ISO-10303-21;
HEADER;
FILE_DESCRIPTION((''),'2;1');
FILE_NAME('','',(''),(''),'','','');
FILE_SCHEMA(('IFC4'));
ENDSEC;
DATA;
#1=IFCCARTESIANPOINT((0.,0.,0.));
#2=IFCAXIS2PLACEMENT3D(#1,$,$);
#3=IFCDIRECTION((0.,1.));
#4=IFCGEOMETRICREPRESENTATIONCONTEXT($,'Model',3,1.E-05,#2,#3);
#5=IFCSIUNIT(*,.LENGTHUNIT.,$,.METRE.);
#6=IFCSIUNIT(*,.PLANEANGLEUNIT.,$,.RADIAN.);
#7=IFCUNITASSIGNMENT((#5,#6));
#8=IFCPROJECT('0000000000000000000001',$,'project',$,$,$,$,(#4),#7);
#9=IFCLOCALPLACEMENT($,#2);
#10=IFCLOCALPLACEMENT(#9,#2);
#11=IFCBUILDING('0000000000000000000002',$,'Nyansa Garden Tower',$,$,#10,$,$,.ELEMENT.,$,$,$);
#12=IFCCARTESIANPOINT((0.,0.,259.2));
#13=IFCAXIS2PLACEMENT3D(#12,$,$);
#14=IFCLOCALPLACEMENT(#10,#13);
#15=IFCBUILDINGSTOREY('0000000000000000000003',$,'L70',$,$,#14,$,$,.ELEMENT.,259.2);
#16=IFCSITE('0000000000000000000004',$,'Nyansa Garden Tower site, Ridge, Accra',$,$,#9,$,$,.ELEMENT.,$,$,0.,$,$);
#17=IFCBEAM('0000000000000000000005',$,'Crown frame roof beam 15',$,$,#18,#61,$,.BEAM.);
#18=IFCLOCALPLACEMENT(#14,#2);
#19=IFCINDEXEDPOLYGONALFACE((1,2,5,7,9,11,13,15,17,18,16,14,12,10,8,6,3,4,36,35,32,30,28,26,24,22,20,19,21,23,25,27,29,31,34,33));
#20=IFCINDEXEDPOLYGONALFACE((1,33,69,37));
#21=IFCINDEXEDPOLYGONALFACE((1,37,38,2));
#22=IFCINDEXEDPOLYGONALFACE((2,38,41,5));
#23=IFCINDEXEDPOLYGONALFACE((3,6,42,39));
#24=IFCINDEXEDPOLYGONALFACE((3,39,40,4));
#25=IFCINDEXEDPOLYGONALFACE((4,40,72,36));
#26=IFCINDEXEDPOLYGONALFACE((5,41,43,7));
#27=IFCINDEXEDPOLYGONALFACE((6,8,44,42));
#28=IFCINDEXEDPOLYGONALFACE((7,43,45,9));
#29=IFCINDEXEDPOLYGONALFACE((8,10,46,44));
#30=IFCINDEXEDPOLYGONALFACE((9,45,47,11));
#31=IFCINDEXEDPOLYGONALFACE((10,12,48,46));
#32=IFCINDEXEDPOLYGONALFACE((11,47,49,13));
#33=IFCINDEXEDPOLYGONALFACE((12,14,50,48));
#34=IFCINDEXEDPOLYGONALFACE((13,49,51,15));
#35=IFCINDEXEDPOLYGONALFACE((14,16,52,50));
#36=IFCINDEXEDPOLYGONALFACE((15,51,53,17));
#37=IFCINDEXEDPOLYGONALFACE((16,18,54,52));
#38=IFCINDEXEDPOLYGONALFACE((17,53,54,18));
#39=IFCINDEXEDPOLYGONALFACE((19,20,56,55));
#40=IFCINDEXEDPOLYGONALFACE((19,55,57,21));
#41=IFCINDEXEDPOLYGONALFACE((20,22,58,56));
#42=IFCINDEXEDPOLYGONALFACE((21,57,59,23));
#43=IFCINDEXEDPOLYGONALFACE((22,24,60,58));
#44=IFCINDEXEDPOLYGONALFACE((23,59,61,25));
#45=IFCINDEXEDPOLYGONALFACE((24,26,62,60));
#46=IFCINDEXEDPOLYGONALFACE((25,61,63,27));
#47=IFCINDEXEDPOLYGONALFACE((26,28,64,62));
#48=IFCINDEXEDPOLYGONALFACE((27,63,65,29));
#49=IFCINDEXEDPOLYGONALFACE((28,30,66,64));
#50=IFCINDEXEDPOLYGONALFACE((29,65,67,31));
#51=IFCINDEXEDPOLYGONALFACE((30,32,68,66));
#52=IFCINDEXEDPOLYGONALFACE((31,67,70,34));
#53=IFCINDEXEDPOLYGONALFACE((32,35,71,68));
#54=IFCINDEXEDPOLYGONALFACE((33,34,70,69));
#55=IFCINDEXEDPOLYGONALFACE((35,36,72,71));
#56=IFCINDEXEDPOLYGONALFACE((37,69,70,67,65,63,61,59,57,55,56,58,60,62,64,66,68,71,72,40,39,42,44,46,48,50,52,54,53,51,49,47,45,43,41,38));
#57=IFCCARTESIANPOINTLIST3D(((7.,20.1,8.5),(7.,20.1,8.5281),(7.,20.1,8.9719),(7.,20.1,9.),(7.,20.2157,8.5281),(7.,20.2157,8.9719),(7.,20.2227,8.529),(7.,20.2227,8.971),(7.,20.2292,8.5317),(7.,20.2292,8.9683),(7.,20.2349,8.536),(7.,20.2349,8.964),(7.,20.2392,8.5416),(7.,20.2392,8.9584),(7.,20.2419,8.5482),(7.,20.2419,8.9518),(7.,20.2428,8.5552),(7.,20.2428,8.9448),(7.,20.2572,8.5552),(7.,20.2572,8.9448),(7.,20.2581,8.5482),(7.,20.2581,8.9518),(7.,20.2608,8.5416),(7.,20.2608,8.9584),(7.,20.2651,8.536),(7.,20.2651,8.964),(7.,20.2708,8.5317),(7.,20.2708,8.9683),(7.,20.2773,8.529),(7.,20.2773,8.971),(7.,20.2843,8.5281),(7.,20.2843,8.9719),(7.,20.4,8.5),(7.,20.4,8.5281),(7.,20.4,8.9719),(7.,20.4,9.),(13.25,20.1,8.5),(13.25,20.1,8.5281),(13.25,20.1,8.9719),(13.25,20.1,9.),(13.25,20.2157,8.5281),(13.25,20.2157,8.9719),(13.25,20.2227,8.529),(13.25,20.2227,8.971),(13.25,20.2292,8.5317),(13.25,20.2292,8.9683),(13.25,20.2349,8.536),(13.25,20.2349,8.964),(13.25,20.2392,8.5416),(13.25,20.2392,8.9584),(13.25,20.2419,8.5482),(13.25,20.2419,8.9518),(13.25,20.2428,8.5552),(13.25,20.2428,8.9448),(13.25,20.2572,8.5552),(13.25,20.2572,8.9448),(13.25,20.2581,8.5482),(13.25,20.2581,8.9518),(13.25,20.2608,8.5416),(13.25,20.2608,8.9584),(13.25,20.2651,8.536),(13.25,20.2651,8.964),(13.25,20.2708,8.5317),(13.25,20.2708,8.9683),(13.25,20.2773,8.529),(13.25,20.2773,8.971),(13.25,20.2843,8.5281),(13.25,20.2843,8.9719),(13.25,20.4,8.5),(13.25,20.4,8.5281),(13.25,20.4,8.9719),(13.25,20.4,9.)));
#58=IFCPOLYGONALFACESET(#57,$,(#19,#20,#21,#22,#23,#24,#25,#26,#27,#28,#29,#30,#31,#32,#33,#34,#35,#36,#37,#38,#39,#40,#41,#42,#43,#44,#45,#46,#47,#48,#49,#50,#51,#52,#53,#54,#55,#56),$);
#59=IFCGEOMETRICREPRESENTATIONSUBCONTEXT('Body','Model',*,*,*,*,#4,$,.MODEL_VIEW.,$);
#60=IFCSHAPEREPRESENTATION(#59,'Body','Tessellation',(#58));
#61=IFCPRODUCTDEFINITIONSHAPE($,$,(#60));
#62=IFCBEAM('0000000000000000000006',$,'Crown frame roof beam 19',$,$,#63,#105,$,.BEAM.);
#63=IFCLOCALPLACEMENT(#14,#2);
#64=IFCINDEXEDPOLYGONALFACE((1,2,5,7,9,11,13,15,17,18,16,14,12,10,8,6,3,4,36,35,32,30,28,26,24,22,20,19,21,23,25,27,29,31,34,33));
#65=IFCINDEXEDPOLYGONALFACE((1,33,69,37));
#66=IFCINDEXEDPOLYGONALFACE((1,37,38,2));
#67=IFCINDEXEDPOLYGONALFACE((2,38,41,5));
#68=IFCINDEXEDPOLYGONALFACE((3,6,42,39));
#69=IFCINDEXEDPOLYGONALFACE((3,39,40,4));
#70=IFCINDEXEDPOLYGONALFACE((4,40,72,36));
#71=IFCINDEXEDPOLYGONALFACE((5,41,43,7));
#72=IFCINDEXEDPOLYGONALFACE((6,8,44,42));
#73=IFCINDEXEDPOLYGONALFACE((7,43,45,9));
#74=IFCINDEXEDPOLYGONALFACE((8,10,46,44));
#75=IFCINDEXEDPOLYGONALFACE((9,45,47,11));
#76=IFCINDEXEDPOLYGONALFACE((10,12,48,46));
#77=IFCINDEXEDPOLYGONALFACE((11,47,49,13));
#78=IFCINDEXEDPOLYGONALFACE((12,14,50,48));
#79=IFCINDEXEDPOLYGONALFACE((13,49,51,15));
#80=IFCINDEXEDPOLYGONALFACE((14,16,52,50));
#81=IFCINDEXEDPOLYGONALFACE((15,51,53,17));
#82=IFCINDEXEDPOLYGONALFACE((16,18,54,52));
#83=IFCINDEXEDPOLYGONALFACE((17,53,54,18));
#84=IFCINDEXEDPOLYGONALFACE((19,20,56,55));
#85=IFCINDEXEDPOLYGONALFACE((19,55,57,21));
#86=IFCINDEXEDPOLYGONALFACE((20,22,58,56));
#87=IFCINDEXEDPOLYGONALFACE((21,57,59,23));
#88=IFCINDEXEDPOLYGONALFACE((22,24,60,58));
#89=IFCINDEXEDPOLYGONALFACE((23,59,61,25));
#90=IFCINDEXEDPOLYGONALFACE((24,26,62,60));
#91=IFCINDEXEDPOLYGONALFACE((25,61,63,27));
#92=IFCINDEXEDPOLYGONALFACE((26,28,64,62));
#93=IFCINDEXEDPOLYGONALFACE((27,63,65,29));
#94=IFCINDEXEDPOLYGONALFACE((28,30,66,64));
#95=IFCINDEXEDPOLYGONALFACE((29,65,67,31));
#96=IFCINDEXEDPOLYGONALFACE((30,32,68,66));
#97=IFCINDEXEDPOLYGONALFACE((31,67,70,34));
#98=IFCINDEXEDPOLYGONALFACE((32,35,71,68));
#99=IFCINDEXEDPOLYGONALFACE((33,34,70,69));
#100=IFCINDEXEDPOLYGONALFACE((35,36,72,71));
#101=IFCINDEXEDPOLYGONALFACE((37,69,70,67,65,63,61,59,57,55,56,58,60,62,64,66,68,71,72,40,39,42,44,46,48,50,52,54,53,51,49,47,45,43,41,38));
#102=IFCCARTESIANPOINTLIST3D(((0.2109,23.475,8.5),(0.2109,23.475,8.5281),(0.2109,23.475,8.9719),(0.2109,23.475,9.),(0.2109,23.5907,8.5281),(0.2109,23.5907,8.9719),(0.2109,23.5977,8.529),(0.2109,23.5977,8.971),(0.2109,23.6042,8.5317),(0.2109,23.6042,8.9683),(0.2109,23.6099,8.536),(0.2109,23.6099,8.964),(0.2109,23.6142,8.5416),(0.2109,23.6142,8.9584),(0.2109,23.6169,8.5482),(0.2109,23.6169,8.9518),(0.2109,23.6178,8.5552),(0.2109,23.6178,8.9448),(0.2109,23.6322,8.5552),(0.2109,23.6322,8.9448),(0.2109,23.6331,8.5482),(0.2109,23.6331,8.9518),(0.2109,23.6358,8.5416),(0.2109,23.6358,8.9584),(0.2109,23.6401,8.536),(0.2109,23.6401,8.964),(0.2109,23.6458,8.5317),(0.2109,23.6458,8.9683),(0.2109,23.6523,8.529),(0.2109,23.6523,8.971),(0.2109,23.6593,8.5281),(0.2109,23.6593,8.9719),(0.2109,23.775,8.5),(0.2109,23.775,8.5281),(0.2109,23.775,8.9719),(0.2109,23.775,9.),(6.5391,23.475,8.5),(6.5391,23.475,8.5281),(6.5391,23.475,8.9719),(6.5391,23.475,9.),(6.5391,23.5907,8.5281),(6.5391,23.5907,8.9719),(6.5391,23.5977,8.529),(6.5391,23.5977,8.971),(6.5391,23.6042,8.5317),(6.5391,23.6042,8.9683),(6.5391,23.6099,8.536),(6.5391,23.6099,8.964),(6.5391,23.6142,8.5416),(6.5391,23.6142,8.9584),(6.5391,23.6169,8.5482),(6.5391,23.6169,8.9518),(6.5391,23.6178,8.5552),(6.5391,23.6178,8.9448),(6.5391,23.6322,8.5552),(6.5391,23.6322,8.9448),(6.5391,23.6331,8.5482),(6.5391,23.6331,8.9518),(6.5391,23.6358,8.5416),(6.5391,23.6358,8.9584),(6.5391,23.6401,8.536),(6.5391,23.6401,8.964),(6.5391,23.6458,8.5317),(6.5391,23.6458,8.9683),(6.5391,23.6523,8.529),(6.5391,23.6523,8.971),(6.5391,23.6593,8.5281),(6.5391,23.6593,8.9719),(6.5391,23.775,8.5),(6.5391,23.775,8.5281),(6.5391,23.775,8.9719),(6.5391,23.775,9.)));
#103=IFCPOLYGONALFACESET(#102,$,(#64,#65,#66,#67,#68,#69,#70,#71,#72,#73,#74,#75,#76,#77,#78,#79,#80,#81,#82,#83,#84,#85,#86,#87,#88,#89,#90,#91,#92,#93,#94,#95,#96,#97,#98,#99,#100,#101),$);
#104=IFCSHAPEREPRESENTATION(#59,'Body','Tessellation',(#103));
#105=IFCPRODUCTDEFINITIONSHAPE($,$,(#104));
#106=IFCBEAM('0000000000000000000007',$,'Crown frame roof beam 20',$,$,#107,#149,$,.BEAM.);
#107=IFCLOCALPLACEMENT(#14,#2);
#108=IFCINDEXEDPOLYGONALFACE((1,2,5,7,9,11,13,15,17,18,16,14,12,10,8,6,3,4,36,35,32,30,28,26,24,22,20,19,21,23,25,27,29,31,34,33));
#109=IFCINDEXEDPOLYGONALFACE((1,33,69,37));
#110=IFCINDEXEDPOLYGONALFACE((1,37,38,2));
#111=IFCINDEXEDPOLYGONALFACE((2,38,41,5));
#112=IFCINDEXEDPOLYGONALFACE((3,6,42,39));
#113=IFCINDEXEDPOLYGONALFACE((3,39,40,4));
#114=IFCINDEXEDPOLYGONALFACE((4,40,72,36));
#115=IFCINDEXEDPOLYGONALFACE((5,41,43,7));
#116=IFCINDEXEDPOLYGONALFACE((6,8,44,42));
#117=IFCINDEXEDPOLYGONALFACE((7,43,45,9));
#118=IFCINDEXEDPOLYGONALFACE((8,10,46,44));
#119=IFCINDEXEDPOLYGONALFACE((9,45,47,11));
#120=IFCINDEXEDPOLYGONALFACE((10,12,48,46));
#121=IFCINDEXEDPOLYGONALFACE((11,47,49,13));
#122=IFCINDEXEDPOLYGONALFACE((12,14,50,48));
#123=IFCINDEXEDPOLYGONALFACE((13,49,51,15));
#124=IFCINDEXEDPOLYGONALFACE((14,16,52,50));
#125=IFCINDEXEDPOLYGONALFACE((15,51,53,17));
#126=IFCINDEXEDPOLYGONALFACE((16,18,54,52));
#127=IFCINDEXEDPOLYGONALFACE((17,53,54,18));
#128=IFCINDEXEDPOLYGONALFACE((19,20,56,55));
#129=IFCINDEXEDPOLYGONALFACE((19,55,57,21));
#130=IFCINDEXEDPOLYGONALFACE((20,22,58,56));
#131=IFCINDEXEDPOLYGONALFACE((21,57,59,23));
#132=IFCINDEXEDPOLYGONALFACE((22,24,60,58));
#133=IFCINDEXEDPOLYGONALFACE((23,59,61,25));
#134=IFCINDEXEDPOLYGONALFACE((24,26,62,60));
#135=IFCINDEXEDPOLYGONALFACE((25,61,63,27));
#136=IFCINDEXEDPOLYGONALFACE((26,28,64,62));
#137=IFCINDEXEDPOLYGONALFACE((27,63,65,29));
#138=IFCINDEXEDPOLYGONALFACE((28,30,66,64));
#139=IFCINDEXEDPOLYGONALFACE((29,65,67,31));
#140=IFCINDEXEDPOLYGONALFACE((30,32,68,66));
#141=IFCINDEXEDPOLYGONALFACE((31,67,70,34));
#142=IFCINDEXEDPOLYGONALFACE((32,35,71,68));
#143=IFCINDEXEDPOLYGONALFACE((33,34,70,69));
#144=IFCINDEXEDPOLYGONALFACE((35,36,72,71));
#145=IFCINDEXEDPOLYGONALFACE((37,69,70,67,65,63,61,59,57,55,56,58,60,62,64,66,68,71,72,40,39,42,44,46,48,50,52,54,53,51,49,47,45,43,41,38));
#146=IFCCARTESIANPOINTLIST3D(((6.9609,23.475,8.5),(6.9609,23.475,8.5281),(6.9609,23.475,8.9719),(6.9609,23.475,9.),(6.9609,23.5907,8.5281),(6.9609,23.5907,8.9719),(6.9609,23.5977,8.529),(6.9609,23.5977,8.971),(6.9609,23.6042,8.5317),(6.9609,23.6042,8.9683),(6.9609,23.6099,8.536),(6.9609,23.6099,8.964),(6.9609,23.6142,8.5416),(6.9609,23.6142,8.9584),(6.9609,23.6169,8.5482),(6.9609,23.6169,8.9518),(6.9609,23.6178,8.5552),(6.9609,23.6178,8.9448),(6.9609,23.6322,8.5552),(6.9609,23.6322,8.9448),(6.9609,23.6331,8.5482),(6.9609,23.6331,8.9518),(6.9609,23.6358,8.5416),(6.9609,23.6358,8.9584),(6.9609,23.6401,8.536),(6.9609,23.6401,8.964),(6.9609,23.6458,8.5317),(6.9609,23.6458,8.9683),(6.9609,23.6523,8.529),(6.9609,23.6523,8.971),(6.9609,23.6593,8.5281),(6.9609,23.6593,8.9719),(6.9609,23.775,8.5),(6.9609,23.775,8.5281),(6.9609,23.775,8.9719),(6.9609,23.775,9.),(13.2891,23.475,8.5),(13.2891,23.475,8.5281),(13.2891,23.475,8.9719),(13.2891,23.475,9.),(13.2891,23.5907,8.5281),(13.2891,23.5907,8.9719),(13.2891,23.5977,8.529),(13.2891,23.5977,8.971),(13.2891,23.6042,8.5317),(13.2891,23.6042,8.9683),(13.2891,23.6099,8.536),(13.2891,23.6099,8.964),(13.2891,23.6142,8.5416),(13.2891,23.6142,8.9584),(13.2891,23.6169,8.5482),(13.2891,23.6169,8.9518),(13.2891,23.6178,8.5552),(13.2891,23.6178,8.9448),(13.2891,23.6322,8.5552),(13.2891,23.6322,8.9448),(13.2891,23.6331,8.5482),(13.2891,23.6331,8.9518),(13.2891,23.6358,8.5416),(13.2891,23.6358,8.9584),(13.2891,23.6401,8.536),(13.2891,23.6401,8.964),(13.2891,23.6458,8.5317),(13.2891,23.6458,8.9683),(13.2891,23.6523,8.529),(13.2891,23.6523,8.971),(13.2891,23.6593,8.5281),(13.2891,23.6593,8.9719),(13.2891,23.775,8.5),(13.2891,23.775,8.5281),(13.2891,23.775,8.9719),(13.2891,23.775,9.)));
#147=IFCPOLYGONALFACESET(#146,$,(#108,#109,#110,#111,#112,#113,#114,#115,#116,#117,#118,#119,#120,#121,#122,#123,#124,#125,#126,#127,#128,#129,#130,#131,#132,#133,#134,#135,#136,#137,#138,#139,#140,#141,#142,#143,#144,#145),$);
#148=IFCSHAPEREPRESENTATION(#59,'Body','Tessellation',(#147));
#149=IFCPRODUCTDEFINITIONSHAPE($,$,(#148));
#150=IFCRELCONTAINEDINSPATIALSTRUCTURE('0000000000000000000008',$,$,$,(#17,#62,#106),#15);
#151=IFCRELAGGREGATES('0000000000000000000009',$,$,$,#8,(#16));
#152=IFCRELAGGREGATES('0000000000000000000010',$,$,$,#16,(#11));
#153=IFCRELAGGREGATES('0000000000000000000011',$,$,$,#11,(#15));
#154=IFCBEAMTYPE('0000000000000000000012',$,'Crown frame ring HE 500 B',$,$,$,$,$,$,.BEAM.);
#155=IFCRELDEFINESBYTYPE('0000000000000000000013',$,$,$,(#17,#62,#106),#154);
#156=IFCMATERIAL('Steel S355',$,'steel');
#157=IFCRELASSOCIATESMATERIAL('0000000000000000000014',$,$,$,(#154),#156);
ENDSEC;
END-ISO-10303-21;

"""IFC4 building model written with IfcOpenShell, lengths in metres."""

from ifc_helpers import new_model, si_unit, direction, frame, origin, origin_2d, place, context, subcontext, project, spatial, i_section, extrude, material, material_profile, profile_set, type_object, element, save


model = new_model("IFC4")

# Units and contexts
model_context = context("Model", 3, precision=1e-05, world=origin(), true_north=direction((0.0, 1.0)))
body_context = subcontext(model_context, "Body", "Model", "MODEL_VIEW")
ifc_project = project(units=[si_unit("LENGTHUNIT", "METRE"), si_unit("PLANEANGLEUNIT", "RADIAN")], contexts=[model_context])

# Site, building, storey
site_placement = place(None, origin())
site = spatial("IfcSite", under=ifc_project, at=site_placement, Name="Nyansa Garden Tower site, Ridge, Accra", CompositionType="ELEMENT", RefElevation=0.0)
building_placement = place(site_placement, origin())
building = spatial("IfcBuilding", under=site, at=building_placement, Name="Nyansa Garden Tower", CompositionType="ELEMENT")
storey_placement = place(building_placement, frame((0.0, 0.0, 259.2)))
storey = spatial("IfcBuildingStorey", under=building, at=storey_placement, Name="L70", CompositionType="ELEMENT", Elevation=259.2)

# Beams
ifc_material_1 = material(Name="Steel S355", Category="steel")
ifc_material_profile_1 = material_profile(ifc_material_1, i_section(OverallWidth=0.3, OverallDepth=0.5, WebThickness=0.0144, FlangeThickness=0.0281, FilletRadius=0.0271, at=origin_2d()), Name="HE 500 B")
ifc_profile_set_1 = profile_set([ifc_material_profile_1], Name="Steel S355")
beam_type_1 = type_object("IfcBeamType", Name="Crown frame ring HE 500 B", PredefinedType="BEAM", material=ifc_profile_set_1)
for number, where, z_axis, x_axis, name in (
    (1, (7.0, 20.25, 8.75), (1.0, 0.0, 0.0), (0.0, 1.0, 0.0), "Crown frame roof beam 15"),
):
    element("IfcBeam", number, at=place(storey_placement, frame(where, z_axis=z_axis, x_axis=x_axis)), inside=storey, type_object=beam_type_1, Name=name, PredefinedType="BEAM", context=body_context, shape_type="SweptSolid", body=[
        extrude(i_section(OverallWidth=0.3, OverallDepth=0.5, WebThickness=0.0144, FlangeThickness=0.0281, FilletRadius=0.0271, at=origin_2d()), origin(), (0.0, 0.0, 1.0), 6.25),
    ])
for number, where, z_axis, x_axis, name in (
    (2, (0.2109, 23.625, 8.75), (1.0, 0.0, 0.0), (0.0, 1.0, 0.0), "Crown frame roof beam 19"),
    (3, (6.9609, 23.625, 8.75), (1.0, 0.0, 0.0), (0.0, 1.0, 0.0), "Crown frame roof beam 20"),
):
    element("IfcBeam", number, at=place(storey_placement, frame(where, z_axis=z_axis, x_axis=x_axis)), inside=storey, type_object=beam_type_1, Name=name, PredefinedType="BEAM", context=body_context, shape_type="SweptSolid", body=[
        extrude(i_section(OverallWidth=0.3, OverallDepth=0.5, WebThickness=0.0144, FlangeThickness=0.0281, FilletRadius=0.0271, at=origin_2d()), origin(), (0.0, 0.0, 1.0), 6.3281),
    ])

save(model, "model.ifc")
